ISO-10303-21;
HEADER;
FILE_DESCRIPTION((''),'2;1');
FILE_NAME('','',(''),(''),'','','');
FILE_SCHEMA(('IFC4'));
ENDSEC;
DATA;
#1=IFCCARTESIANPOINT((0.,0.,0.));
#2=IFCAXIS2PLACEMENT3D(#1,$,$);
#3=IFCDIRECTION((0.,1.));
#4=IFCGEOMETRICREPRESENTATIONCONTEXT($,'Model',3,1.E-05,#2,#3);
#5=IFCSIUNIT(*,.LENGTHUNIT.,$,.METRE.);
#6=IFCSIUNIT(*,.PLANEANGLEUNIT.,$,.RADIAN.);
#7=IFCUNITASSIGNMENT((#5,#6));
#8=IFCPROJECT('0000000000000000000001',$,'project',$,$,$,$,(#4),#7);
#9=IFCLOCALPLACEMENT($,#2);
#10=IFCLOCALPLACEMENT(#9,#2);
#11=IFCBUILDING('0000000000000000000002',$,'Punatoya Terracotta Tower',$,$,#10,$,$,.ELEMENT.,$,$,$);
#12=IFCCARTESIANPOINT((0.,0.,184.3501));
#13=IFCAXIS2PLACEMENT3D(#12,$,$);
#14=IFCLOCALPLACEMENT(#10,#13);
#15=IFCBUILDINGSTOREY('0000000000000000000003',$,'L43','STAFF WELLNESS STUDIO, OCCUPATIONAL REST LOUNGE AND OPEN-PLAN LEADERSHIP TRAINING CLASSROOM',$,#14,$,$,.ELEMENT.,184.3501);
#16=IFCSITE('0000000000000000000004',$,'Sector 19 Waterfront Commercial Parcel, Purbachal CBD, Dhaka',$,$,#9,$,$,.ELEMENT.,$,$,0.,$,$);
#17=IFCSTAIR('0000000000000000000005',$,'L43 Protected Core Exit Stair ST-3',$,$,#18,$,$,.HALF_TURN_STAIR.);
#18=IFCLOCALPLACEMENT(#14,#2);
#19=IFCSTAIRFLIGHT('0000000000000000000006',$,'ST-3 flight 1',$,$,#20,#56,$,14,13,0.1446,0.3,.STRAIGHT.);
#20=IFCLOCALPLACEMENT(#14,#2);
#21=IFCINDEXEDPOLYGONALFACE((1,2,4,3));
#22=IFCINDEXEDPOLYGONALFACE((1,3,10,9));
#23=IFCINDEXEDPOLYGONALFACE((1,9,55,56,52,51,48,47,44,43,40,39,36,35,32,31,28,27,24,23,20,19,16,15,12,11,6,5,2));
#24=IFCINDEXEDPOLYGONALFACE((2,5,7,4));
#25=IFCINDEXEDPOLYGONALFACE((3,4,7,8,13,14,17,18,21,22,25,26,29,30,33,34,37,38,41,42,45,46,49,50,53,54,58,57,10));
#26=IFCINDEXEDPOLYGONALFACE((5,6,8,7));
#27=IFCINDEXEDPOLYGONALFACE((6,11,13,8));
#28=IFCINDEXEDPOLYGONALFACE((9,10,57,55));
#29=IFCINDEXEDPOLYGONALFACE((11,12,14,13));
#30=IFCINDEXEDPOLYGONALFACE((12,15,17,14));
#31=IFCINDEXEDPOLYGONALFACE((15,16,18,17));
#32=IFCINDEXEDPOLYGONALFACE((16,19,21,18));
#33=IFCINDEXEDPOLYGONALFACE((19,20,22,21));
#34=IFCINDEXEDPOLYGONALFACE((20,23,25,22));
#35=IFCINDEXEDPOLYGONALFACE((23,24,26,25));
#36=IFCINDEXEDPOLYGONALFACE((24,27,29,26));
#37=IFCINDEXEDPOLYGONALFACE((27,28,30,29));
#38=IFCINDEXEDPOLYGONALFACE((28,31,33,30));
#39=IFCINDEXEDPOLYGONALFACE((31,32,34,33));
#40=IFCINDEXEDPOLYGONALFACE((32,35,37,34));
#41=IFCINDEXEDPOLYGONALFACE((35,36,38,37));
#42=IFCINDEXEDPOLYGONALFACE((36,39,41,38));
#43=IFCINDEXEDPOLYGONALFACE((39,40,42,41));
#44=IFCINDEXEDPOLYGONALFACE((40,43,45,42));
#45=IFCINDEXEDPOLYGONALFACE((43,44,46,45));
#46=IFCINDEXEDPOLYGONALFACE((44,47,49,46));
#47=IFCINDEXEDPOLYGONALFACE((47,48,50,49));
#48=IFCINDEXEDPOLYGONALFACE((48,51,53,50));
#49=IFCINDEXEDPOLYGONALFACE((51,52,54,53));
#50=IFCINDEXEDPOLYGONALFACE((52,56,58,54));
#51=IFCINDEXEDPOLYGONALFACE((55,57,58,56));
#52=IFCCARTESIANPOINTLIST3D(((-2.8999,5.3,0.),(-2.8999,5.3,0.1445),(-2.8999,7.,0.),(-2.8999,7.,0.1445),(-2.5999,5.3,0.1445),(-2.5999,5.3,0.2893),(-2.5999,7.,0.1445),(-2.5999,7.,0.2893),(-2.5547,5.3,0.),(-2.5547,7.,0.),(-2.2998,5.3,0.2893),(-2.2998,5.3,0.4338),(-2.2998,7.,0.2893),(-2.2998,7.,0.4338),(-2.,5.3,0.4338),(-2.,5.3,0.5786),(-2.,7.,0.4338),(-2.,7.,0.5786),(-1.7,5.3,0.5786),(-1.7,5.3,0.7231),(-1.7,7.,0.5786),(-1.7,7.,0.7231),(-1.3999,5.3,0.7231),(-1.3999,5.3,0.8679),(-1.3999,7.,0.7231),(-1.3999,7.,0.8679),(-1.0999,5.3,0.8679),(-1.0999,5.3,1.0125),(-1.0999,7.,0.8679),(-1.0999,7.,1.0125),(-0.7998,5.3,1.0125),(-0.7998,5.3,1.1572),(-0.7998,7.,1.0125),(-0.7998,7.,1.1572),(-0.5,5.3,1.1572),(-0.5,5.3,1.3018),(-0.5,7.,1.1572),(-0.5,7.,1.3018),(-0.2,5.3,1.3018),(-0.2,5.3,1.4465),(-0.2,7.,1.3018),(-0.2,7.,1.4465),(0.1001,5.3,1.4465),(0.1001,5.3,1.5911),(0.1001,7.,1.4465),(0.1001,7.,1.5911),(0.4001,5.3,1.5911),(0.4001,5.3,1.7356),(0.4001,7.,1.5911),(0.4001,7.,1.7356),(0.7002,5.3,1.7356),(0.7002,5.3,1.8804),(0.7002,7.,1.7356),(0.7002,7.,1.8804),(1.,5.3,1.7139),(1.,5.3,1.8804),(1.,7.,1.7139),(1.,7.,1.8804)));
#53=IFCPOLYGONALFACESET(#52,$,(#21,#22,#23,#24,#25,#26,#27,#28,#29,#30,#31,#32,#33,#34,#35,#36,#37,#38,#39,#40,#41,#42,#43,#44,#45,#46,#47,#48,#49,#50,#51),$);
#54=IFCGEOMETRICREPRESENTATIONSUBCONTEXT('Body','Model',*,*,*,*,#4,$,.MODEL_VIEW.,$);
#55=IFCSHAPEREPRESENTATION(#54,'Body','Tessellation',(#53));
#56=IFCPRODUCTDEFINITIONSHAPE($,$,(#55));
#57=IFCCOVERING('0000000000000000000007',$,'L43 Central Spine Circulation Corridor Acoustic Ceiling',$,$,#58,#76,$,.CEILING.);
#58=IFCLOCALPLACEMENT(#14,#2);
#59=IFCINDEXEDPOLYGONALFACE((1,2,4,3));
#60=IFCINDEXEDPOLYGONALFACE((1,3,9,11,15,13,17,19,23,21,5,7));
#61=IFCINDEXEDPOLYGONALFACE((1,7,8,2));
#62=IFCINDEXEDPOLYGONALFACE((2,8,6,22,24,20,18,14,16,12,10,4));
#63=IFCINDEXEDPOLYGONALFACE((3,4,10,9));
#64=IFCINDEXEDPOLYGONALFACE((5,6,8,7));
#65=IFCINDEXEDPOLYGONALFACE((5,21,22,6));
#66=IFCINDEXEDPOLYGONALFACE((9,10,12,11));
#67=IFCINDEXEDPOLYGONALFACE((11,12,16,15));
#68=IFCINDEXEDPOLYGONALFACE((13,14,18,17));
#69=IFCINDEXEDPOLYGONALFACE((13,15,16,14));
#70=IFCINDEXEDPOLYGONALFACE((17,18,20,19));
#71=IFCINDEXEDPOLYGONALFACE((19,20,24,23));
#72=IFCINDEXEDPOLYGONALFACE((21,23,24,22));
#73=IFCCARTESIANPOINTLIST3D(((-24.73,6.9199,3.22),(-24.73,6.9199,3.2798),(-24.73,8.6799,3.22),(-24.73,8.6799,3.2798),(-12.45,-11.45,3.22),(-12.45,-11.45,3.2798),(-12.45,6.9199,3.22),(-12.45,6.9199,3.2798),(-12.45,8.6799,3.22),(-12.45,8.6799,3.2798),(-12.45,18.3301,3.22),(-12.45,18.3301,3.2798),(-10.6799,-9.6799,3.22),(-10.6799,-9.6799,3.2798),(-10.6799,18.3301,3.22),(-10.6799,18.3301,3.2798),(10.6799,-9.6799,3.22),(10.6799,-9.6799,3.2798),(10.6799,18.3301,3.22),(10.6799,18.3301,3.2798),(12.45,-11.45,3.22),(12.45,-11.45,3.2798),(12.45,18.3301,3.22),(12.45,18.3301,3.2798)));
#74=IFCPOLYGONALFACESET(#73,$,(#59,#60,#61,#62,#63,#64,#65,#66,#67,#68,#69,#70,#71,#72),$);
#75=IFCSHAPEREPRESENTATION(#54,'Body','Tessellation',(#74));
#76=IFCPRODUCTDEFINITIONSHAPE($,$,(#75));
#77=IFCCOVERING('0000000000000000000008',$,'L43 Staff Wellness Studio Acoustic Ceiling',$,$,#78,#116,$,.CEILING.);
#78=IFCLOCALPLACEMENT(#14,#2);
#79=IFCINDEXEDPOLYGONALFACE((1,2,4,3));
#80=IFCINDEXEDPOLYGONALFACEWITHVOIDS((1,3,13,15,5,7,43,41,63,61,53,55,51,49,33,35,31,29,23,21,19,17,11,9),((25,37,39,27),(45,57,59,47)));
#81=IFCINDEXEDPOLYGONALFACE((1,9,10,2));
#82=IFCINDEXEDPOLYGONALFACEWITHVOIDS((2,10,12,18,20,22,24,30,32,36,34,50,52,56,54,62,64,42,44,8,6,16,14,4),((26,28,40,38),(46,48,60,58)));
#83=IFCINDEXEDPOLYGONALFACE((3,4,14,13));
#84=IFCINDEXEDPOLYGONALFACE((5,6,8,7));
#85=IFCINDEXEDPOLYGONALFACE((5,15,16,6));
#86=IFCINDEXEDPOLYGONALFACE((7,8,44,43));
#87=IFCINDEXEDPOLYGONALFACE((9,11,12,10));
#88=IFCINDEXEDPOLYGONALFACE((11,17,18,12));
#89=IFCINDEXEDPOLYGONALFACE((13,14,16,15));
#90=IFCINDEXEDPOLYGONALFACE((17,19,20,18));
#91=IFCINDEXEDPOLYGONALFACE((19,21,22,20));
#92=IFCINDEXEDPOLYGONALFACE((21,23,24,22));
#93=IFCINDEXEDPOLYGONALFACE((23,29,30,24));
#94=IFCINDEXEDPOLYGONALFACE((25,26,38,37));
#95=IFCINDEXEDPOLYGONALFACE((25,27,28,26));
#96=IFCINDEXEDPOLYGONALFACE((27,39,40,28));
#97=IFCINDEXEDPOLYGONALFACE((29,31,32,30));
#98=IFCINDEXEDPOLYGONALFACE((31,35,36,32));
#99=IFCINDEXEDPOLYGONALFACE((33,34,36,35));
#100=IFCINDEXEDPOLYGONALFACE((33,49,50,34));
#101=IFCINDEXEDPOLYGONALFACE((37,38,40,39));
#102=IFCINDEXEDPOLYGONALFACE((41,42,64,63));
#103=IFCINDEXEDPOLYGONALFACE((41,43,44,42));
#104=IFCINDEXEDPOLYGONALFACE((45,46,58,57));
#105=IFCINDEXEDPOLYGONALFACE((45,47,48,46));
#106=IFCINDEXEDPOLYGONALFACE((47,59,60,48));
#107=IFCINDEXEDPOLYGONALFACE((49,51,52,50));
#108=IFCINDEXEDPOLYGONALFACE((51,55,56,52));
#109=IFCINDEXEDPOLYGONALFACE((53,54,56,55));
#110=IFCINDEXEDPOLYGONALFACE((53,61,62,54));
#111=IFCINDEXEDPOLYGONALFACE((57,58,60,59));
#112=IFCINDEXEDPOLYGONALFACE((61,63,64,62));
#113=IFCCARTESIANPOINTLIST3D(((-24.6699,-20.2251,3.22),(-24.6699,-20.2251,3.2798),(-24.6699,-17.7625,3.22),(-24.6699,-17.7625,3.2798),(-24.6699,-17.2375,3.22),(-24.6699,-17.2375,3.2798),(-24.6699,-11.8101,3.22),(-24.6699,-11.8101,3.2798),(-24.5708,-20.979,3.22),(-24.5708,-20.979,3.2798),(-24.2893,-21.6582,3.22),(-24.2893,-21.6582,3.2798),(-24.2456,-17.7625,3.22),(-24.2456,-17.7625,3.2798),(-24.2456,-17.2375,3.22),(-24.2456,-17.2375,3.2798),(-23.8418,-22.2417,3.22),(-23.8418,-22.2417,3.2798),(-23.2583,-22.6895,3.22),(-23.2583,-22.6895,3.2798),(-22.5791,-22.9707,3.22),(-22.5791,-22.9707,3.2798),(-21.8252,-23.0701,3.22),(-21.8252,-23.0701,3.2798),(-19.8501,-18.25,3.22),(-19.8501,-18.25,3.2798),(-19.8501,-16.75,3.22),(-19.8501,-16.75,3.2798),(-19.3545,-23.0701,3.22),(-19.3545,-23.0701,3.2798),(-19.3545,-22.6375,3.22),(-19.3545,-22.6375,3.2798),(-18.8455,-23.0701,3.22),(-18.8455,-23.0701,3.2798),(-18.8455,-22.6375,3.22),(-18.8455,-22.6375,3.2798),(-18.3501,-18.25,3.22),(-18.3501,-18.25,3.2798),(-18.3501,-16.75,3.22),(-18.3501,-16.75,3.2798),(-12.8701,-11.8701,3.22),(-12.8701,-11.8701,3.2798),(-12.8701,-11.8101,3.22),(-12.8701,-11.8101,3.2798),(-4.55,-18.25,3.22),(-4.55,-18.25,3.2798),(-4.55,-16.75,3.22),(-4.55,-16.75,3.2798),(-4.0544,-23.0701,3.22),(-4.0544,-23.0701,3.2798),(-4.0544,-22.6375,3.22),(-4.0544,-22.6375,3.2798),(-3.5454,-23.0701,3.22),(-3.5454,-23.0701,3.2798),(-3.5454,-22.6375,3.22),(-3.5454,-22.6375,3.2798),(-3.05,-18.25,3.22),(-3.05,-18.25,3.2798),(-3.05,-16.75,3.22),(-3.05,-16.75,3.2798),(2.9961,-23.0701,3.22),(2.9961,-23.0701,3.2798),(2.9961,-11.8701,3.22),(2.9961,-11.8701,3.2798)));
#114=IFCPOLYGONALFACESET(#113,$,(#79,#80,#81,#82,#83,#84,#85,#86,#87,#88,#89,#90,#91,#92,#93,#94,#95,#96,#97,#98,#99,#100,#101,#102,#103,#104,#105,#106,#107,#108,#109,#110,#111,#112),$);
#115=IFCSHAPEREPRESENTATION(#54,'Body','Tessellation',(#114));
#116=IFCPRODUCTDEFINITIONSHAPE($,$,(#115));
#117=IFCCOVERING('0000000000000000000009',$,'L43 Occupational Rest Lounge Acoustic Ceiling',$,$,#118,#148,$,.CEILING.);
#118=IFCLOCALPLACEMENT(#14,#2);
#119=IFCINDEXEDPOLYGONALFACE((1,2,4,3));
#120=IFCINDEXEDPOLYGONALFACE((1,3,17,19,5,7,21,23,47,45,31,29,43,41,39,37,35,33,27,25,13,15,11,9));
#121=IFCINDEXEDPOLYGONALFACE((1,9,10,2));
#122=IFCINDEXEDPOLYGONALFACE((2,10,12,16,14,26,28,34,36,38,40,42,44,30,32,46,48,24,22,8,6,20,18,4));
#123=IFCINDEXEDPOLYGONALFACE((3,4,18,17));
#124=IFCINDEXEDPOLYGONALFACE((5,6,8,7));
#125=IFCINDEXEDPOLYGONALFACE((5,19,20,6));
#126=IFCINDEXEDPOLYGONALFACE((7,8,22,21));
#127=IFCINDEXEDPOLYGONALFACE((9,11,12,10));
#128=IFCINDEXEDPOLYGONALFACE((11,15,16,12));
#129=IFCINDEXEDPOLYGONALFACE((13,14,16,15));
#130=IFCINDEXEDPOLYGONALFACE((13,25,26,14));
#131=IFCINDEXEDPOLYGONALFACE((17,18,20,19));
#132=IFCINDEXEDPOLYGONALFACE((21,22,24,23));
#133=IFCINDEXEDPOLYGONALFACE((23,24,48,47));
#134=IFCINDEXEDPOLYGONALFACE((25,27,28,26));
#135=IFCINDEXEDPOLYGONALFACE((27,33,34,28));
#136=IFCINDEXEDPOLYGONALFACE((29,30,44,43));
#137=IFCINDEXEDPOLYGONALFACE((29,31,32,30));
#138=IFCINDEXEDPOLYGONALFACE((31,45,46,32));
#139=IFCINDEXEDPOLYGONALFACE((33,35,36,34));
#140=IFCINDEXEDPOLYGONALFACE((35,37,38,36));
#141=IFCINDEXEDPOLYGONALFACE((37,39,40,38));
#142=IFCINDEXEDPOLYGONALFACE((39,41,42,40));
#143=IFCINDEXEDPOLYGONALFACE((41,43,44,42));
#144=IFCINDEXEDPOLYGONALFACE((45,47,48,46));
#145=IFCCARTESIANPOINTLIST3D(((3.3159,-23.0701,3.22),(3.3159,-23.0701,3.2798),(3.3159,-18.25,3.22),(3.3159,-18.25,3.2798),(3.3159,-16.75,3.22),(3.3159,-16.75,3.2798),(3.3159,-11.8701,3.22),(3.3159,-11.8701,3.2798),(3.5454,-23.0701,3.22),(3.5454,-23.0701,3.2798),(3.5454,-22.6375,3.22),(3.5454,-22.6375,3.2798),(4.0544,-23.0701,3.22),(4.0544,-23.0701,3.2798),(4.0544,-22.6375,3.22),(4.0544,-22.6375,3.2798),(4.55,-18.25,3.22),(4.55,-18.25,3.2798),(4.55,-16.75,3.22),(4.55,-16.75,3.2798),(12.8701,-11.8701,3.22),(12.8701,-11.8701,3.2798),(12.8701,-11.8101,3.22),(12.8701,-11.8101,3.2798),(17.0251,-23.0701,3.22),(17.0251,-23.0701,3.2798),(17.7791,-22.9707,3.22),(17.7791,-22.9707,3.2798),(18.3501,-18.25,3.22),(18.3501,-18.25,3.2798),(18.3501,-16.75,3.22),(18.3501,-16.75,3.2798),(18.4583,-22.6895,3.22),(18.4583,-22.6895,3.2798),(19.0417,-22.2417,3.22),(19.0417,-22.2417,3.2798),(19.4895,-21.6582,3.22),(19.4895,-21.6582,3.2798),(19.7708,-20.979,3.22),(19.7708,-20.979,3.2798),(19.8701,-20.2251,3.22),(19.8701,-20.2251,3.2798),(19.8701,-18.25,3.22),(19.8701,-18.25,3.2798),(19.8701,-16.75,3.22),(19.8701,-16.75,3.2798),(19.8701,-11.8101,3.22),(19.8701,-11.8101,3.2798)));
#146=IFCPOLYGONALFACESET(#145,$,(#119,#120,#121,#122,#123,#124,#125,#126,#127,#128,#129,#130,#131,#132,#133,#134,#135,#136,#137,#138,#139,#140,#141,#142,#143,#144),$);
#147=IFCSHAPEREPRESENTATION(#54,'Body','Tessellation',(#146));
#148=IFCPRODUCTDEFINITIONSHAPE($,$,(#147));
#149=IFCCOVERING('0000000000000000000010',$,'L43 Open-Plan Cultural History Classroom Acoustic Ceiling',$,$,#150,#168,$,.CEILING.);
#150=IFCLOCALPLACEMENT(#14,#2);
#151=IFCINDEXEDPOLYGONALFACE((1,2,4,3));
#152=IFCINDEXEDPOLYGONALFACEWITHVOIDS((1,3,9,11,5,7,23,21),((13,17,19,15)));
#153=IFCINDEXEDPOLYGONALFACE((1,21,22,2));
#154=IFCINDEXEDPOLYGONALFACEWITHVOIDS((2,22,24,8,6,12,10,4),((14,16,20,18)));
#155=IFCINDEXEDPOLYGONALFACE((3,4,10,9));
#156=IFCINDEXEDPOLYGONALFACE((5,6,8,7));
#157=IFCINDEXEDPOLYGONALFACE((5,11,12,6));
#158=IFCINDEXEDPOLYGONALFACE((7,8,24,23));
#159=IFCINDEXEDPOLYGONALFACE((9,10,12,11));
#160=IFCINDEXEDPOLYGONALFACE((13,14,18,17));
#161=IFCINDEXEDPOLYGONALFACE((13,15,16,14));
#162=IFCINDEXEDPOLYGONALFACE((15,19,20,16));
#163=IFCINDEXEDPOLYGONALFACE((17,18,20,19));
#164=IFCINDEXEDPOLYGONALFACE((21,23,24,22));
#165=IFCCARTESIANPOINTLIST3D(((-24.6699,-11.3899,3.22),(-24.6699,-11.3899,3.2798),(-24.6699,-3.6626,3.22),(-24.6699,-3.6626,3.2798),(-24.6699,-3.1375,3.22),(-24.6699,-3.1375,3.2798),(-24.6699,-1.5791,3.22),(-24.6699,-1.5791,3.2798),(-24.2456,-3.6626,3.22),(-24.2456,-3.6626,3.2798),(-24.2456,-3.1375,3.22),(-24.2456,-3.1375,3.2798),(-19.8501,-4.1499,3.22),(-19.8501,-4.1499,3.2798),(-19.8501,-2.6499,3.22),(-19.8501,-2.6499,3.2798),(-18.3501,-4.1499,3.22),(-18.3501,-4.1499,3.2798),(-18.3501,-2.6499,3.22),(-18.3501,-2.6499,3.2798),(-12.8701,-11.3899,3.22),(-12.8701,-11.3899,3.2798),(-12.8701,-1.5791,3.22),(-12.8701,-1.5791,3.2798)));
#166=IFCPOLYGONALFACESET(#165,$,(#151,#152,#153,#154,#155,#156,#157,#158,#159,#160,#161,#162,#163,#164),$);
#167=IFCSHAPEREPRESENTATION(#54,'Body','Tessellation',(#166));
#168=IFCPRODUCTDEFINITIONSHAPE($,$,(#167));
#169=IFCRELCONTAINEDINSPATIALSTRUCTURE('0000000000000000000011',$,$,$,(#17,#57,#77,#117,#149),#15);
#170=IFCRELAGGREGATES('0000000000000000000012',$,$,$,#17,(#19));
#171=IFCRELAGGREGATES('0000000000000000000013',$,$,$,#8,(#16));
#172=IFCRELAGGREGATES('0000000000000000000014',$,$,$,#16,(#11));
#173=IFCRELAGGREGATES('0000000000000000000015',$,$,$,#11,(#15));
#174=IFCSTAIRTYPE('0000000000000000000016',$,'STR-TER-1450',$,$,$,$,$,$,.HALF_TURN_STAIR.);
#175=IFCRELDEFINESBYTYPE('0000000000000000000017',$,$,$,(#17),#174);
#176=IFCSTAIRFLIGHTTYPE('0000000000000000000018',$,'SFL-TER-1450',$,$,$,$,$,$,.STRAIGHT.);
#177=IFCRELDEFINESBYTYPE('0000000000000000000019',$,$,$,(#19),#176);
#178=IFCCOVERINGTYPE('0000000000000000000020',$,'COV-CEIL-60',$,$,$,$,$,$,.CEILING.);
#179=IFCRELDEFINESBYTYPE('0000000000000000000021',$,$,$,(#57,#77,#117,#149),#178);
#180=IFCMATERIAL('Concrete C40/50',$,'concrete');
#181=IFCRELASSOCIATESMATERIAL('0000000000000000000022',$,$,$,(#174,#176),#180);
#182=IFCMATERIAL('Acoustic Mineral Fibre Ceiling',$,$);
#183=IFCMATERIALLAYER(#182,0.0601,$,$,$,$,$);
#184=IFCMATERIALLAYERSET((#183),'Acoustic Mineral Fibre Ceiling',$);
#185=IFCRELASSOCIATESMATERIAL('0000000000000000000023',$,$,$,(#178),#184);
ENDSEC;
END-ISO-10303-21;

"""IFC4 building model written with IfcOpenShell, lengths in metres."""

from ifc_helpers import new_model, si_unit, direction, frame, origin, place, context, subcontext, project, spatial, polyline, outline, extrude, material, layer, layer_set, type_object, element, aggregate, save


model = new_model("IFC4")

# Units and contexts
model_context = context("Model", 3, precision=1e-05, world=origin(), true_north=direction((0.0, 1.0)))
body_context = subcontext(model_context, "Body", "Model", "MODEL_VIEW")
ifc_project = project(units=[si_unit("LENGTHUNIT", "METRE"), si_unit("PLANEANGLEUNIT", "RADIAN")], contexts=[model_context])

# Site, building, storey
site_placement = place(None, origin())
site = spatial("IfcSite", under=ifc_project, at=site_placement, Name="Sector 19 Waterfront Commercial Parcel, Purbachal CBD, Dhaka", CompositionType="ELEMENT", RefElevation=0.0)
building_placement = place(site_placement, origin())
building = spatial("IfcBuilding", under=site, at=building_placement, Name="Punatoya Terracotta Tower", CompositionType="ELEMENT")
storey_placement = place(building_placement, frame((0.0, 0.0, 184.3501)))
storey = spatial("IfcBuildingStorey", under=building, at=storey_placement, Name="L43", Description="STAFF WELLNESS STUDIO, OCCUPATIONAL REST LOUNGE AND OPEN-PLAN LEADERSHIP TRAINING CLASSROOM", CompositionType="ELEMENT", Elevation=184.3501)

# Stair
ifc_material_1 = material(Name="Concrete C40/50", Category="concrete")
stair_type_1 = type_object("IfcStairType", Name="STR-TER-1450", PredefinedType="HALF_TURN_STAIR", material=ifc_material_1)
stair_1_placement = place(storey_placement, origin())
stair_1 = element("IfcStair", 1, at=stair_1_placement, inside=storey, type_object=stair_type_1, Name="L43 Protected Core Exit Stair ST-3", PredefinedType="HALF_TURN_STAIR")

# Stair flight
stair_flight_type_1 = type_object("IfcStairFlightType", Name="SFL-TER-1450", PredefinedType="STRAIGHT", material=ifc_material_1)
stair_flight_1_placement = place(storey_placement, frame((-2.8999, 6.1499, 0.0), z_axis=(0.0, 0.0, 1.0), x_axis=(1.0, 0.0, 0.0)))
stair_flight_1 = element("IfcStairFlight", 2, at=stair_flight_1_placement, type_object=stair_flight_type_1, Name="ST-3 flight 1", NumberOfRisers=14, NumberOfTreads=13, PredefinedType="STRAIGHT", RiserHeight=0.1446, TreadLength=0.3, context=body_context, shape_type="SweptSolid", body=[
    extrude(outline(polyline([(0.0, 0.0), (0.0, 0.1445), (0.3, 0.1445), (0.3, 0.2893), (0.6001, 0.2893), (0.6001, 0.4338), (0.8999, 0.4338), (0.8999, 0.5786), (1.2, 0.5786), (1.2, 0.7231), (1.5, 0.7231), (1.5, 0.8679), (1.8, 0.8679), (1.8, 1.0125), (2.1001, 1.0125), (2.1001, 1.1572), (2.3999, 1.1572), (2.3999, 1.3018), (2.7, 1.3018), (2.7, 1.4465), (3.0, 1.4465), (3.0, 1.5911), (3.3, 1.5911), (3.3, 1.7356), (3.6001, 1.7356), (3.6001, 1.8804), (3.8999, 1.8804), (3.8999, 2.0249), (3.8999, 1.7139), (0.3452, 0.0), (0.0, 0.0)])), frame((0.0, 0.8501, 0.0), z_axis=(0.0, -1.0, 0.0), x_axis=(1.0, 0.0, 0.0)), (0.0, 0.0, 1.0), 1.7),
])
aggregate(stair_1, [stair_flight_1])

# Coverings
ifc_material_2 = material(Name="Acoustic Mineral Fibre Ceiling")
ifc_layer_1 = layer(ifc_material_2, 0.0601)
ifc_layer_set_1 = layer_set([ifc_layer_1], Name="Acoustic Mineral Fibre Ceiling")
covering_type = type_object("IfcCoveringType", Name="COV-CEIL-60", PredefinedType="CEILING", material=ifc_layer_set_1)
covering_1_placement = place(storey_placement, frame((0.0, 0.0, 3.22)))
element("IfcCovering", 3, at=covering_1_placement, inside=storey, type_object=covering_type, Name="L43 Central Spine Circulation Corridor Acoustic Ceiling", PredefinedType="CEILING", context=body_context, shape_type="SweptSolid", body=[
    extrude(outline(polyline([(10.6799, -9.6799), (-10.6799, -9.6799), (-10.6799, 18.3301), (-12.45, 18.3301), (-12.45, 8.6799), (-24.73, 8.6799), (-24.73, 6.9199), (-12.45, 6.9199), (-12.45, -11.45), (12.45, -11.45), (12.45, 18.3301), (10.6799, 18.3301), (10.6799, -9.6799)])), origin(), (0.0, 0.0, 1.0), 0.0598),
])
covering_2_placement = place(storey_placement, frame((0.0, 0.0, 3.22)))
element("IfcCovering", 4, at=covering_2_placement, inside=storey, type_object=covering_type, Name="L43 Staff Wellness Studio Acoustic Ceiling", PredefinedType="CEILING", context=body_context, shape_type="SweptSolid", body=[
    extrude(outline(polyline([(-12.8701, -11.8701), (-12.8701, -11.8101), (-24.6699, -11.8101), (-24.6699, -17.2375), (-24.2456, -17.2375), (-24.2456, -17.7625), (-24.6699, -17.7625), (-24.6699, -20.2251), (-24.5708, -20.979), (-24.2893, -21.6582), (-23.8418, -22.2417), (-23.2583, -22.6895), (-22.5791, -22.9707), (-21.8252, -23.0701), (-19.3545, -23.0701), (-19.3545, -22.6375), (-18.8455, -22.6375), (-18.8455, -23.0701), (-4.0544, -23.0701), (-4.0544, -22.6375), (-3.5454, -22.6375), (-3.5454, -23.0701), (2.9961, -23.0701), (2.9961, -11.8701), (-12.8701, -11.8701)]), holes=[polyline([(-4.55, -16.75), (-3.05, -16.75), (-3.05, -18.25), (-4.55, -18.25), (-4.55, -16.75)]), polyline([(-19.8501, -18.25), (-19.8501, -16.75), (-18.3501, -16.75), (-18.3501, -18.25), (-19.8501, -18.25)])]), origin(), (0.0, 0.0, 1.0), 0.0598),
])
covering_3_placement = place(storey_placement, frame((0.0, 0.0, 3.22)))
element("IfcCovering", 5, at=covering_3_placement, inside=storey, type_object=covering_type, Name="L43 Occupational Rest Lounge Acoustic Ceiling", PredefinedType="CEILING", context=body_context, shape_type="SweptSolid", body=[
    extrude(outline(polyline([(12.8701, -11.8701), (3.3159, -11.8701), (3.3159, -16.75), (4.55, -16.75), (4.55, -18.25), (3.3159, -18.25), (3.3159, -23.0701), (3.5454, -23.0701), (3.5454, -22.6375), (4.0544, -22.6375), (4.0544, -23.0701), (17.0251, -23.0701), (17.7791, -22.9707), (18.4583, -22.6895), (19.0417, -22.2417), (19.4895, -21.6582), (19.7708, -20.979), (19.8701, -20.2251), (19.8701, -18.25), (18.3501, -18.25), (18.3501, -16.75), (19.8701, -16.75), (19.8701, -11.8101), (12.8701, -11.8101), (12.8701, -11.8701)])), origin(), (0.0, 0.0, 1.0), 0.0598),
])
covering_4_placement = place(storey_placement, frame((0.0, 0.0, 3.22)))
element("IfcCovering", 6, at=covering_4_placement, inside=storey, type_object=covering_type, Name="L43 Open-Plan Cultural History Classroom Acoustic Ceiling", PredefinedType="CEILING", context=body_context, shape_type="SweptSolid", body=[
    extrude(outline(polyline([(-24.6699, -3.6626), (-24.6699, -11.3899), (-12.8701, -11.3899), (-12.8701, -1.5791), (-24.6699, -1.5791), (-24.6699, -3.1375), (-24.2456, -3.1375), (-24.2456, -3.6626), (-24.6699, -3.6626)]), holes=[polyline([(-18.3501, -4.1499), (-19.8501, -4.1499), (-19.8501, -2.6499), (-18.3501, -2.6499), (-18.3501, -4.1499)])]), origin(), (0.0, 0.0, 1.0), 0.0598),
])

save(model, "model.ifc")
